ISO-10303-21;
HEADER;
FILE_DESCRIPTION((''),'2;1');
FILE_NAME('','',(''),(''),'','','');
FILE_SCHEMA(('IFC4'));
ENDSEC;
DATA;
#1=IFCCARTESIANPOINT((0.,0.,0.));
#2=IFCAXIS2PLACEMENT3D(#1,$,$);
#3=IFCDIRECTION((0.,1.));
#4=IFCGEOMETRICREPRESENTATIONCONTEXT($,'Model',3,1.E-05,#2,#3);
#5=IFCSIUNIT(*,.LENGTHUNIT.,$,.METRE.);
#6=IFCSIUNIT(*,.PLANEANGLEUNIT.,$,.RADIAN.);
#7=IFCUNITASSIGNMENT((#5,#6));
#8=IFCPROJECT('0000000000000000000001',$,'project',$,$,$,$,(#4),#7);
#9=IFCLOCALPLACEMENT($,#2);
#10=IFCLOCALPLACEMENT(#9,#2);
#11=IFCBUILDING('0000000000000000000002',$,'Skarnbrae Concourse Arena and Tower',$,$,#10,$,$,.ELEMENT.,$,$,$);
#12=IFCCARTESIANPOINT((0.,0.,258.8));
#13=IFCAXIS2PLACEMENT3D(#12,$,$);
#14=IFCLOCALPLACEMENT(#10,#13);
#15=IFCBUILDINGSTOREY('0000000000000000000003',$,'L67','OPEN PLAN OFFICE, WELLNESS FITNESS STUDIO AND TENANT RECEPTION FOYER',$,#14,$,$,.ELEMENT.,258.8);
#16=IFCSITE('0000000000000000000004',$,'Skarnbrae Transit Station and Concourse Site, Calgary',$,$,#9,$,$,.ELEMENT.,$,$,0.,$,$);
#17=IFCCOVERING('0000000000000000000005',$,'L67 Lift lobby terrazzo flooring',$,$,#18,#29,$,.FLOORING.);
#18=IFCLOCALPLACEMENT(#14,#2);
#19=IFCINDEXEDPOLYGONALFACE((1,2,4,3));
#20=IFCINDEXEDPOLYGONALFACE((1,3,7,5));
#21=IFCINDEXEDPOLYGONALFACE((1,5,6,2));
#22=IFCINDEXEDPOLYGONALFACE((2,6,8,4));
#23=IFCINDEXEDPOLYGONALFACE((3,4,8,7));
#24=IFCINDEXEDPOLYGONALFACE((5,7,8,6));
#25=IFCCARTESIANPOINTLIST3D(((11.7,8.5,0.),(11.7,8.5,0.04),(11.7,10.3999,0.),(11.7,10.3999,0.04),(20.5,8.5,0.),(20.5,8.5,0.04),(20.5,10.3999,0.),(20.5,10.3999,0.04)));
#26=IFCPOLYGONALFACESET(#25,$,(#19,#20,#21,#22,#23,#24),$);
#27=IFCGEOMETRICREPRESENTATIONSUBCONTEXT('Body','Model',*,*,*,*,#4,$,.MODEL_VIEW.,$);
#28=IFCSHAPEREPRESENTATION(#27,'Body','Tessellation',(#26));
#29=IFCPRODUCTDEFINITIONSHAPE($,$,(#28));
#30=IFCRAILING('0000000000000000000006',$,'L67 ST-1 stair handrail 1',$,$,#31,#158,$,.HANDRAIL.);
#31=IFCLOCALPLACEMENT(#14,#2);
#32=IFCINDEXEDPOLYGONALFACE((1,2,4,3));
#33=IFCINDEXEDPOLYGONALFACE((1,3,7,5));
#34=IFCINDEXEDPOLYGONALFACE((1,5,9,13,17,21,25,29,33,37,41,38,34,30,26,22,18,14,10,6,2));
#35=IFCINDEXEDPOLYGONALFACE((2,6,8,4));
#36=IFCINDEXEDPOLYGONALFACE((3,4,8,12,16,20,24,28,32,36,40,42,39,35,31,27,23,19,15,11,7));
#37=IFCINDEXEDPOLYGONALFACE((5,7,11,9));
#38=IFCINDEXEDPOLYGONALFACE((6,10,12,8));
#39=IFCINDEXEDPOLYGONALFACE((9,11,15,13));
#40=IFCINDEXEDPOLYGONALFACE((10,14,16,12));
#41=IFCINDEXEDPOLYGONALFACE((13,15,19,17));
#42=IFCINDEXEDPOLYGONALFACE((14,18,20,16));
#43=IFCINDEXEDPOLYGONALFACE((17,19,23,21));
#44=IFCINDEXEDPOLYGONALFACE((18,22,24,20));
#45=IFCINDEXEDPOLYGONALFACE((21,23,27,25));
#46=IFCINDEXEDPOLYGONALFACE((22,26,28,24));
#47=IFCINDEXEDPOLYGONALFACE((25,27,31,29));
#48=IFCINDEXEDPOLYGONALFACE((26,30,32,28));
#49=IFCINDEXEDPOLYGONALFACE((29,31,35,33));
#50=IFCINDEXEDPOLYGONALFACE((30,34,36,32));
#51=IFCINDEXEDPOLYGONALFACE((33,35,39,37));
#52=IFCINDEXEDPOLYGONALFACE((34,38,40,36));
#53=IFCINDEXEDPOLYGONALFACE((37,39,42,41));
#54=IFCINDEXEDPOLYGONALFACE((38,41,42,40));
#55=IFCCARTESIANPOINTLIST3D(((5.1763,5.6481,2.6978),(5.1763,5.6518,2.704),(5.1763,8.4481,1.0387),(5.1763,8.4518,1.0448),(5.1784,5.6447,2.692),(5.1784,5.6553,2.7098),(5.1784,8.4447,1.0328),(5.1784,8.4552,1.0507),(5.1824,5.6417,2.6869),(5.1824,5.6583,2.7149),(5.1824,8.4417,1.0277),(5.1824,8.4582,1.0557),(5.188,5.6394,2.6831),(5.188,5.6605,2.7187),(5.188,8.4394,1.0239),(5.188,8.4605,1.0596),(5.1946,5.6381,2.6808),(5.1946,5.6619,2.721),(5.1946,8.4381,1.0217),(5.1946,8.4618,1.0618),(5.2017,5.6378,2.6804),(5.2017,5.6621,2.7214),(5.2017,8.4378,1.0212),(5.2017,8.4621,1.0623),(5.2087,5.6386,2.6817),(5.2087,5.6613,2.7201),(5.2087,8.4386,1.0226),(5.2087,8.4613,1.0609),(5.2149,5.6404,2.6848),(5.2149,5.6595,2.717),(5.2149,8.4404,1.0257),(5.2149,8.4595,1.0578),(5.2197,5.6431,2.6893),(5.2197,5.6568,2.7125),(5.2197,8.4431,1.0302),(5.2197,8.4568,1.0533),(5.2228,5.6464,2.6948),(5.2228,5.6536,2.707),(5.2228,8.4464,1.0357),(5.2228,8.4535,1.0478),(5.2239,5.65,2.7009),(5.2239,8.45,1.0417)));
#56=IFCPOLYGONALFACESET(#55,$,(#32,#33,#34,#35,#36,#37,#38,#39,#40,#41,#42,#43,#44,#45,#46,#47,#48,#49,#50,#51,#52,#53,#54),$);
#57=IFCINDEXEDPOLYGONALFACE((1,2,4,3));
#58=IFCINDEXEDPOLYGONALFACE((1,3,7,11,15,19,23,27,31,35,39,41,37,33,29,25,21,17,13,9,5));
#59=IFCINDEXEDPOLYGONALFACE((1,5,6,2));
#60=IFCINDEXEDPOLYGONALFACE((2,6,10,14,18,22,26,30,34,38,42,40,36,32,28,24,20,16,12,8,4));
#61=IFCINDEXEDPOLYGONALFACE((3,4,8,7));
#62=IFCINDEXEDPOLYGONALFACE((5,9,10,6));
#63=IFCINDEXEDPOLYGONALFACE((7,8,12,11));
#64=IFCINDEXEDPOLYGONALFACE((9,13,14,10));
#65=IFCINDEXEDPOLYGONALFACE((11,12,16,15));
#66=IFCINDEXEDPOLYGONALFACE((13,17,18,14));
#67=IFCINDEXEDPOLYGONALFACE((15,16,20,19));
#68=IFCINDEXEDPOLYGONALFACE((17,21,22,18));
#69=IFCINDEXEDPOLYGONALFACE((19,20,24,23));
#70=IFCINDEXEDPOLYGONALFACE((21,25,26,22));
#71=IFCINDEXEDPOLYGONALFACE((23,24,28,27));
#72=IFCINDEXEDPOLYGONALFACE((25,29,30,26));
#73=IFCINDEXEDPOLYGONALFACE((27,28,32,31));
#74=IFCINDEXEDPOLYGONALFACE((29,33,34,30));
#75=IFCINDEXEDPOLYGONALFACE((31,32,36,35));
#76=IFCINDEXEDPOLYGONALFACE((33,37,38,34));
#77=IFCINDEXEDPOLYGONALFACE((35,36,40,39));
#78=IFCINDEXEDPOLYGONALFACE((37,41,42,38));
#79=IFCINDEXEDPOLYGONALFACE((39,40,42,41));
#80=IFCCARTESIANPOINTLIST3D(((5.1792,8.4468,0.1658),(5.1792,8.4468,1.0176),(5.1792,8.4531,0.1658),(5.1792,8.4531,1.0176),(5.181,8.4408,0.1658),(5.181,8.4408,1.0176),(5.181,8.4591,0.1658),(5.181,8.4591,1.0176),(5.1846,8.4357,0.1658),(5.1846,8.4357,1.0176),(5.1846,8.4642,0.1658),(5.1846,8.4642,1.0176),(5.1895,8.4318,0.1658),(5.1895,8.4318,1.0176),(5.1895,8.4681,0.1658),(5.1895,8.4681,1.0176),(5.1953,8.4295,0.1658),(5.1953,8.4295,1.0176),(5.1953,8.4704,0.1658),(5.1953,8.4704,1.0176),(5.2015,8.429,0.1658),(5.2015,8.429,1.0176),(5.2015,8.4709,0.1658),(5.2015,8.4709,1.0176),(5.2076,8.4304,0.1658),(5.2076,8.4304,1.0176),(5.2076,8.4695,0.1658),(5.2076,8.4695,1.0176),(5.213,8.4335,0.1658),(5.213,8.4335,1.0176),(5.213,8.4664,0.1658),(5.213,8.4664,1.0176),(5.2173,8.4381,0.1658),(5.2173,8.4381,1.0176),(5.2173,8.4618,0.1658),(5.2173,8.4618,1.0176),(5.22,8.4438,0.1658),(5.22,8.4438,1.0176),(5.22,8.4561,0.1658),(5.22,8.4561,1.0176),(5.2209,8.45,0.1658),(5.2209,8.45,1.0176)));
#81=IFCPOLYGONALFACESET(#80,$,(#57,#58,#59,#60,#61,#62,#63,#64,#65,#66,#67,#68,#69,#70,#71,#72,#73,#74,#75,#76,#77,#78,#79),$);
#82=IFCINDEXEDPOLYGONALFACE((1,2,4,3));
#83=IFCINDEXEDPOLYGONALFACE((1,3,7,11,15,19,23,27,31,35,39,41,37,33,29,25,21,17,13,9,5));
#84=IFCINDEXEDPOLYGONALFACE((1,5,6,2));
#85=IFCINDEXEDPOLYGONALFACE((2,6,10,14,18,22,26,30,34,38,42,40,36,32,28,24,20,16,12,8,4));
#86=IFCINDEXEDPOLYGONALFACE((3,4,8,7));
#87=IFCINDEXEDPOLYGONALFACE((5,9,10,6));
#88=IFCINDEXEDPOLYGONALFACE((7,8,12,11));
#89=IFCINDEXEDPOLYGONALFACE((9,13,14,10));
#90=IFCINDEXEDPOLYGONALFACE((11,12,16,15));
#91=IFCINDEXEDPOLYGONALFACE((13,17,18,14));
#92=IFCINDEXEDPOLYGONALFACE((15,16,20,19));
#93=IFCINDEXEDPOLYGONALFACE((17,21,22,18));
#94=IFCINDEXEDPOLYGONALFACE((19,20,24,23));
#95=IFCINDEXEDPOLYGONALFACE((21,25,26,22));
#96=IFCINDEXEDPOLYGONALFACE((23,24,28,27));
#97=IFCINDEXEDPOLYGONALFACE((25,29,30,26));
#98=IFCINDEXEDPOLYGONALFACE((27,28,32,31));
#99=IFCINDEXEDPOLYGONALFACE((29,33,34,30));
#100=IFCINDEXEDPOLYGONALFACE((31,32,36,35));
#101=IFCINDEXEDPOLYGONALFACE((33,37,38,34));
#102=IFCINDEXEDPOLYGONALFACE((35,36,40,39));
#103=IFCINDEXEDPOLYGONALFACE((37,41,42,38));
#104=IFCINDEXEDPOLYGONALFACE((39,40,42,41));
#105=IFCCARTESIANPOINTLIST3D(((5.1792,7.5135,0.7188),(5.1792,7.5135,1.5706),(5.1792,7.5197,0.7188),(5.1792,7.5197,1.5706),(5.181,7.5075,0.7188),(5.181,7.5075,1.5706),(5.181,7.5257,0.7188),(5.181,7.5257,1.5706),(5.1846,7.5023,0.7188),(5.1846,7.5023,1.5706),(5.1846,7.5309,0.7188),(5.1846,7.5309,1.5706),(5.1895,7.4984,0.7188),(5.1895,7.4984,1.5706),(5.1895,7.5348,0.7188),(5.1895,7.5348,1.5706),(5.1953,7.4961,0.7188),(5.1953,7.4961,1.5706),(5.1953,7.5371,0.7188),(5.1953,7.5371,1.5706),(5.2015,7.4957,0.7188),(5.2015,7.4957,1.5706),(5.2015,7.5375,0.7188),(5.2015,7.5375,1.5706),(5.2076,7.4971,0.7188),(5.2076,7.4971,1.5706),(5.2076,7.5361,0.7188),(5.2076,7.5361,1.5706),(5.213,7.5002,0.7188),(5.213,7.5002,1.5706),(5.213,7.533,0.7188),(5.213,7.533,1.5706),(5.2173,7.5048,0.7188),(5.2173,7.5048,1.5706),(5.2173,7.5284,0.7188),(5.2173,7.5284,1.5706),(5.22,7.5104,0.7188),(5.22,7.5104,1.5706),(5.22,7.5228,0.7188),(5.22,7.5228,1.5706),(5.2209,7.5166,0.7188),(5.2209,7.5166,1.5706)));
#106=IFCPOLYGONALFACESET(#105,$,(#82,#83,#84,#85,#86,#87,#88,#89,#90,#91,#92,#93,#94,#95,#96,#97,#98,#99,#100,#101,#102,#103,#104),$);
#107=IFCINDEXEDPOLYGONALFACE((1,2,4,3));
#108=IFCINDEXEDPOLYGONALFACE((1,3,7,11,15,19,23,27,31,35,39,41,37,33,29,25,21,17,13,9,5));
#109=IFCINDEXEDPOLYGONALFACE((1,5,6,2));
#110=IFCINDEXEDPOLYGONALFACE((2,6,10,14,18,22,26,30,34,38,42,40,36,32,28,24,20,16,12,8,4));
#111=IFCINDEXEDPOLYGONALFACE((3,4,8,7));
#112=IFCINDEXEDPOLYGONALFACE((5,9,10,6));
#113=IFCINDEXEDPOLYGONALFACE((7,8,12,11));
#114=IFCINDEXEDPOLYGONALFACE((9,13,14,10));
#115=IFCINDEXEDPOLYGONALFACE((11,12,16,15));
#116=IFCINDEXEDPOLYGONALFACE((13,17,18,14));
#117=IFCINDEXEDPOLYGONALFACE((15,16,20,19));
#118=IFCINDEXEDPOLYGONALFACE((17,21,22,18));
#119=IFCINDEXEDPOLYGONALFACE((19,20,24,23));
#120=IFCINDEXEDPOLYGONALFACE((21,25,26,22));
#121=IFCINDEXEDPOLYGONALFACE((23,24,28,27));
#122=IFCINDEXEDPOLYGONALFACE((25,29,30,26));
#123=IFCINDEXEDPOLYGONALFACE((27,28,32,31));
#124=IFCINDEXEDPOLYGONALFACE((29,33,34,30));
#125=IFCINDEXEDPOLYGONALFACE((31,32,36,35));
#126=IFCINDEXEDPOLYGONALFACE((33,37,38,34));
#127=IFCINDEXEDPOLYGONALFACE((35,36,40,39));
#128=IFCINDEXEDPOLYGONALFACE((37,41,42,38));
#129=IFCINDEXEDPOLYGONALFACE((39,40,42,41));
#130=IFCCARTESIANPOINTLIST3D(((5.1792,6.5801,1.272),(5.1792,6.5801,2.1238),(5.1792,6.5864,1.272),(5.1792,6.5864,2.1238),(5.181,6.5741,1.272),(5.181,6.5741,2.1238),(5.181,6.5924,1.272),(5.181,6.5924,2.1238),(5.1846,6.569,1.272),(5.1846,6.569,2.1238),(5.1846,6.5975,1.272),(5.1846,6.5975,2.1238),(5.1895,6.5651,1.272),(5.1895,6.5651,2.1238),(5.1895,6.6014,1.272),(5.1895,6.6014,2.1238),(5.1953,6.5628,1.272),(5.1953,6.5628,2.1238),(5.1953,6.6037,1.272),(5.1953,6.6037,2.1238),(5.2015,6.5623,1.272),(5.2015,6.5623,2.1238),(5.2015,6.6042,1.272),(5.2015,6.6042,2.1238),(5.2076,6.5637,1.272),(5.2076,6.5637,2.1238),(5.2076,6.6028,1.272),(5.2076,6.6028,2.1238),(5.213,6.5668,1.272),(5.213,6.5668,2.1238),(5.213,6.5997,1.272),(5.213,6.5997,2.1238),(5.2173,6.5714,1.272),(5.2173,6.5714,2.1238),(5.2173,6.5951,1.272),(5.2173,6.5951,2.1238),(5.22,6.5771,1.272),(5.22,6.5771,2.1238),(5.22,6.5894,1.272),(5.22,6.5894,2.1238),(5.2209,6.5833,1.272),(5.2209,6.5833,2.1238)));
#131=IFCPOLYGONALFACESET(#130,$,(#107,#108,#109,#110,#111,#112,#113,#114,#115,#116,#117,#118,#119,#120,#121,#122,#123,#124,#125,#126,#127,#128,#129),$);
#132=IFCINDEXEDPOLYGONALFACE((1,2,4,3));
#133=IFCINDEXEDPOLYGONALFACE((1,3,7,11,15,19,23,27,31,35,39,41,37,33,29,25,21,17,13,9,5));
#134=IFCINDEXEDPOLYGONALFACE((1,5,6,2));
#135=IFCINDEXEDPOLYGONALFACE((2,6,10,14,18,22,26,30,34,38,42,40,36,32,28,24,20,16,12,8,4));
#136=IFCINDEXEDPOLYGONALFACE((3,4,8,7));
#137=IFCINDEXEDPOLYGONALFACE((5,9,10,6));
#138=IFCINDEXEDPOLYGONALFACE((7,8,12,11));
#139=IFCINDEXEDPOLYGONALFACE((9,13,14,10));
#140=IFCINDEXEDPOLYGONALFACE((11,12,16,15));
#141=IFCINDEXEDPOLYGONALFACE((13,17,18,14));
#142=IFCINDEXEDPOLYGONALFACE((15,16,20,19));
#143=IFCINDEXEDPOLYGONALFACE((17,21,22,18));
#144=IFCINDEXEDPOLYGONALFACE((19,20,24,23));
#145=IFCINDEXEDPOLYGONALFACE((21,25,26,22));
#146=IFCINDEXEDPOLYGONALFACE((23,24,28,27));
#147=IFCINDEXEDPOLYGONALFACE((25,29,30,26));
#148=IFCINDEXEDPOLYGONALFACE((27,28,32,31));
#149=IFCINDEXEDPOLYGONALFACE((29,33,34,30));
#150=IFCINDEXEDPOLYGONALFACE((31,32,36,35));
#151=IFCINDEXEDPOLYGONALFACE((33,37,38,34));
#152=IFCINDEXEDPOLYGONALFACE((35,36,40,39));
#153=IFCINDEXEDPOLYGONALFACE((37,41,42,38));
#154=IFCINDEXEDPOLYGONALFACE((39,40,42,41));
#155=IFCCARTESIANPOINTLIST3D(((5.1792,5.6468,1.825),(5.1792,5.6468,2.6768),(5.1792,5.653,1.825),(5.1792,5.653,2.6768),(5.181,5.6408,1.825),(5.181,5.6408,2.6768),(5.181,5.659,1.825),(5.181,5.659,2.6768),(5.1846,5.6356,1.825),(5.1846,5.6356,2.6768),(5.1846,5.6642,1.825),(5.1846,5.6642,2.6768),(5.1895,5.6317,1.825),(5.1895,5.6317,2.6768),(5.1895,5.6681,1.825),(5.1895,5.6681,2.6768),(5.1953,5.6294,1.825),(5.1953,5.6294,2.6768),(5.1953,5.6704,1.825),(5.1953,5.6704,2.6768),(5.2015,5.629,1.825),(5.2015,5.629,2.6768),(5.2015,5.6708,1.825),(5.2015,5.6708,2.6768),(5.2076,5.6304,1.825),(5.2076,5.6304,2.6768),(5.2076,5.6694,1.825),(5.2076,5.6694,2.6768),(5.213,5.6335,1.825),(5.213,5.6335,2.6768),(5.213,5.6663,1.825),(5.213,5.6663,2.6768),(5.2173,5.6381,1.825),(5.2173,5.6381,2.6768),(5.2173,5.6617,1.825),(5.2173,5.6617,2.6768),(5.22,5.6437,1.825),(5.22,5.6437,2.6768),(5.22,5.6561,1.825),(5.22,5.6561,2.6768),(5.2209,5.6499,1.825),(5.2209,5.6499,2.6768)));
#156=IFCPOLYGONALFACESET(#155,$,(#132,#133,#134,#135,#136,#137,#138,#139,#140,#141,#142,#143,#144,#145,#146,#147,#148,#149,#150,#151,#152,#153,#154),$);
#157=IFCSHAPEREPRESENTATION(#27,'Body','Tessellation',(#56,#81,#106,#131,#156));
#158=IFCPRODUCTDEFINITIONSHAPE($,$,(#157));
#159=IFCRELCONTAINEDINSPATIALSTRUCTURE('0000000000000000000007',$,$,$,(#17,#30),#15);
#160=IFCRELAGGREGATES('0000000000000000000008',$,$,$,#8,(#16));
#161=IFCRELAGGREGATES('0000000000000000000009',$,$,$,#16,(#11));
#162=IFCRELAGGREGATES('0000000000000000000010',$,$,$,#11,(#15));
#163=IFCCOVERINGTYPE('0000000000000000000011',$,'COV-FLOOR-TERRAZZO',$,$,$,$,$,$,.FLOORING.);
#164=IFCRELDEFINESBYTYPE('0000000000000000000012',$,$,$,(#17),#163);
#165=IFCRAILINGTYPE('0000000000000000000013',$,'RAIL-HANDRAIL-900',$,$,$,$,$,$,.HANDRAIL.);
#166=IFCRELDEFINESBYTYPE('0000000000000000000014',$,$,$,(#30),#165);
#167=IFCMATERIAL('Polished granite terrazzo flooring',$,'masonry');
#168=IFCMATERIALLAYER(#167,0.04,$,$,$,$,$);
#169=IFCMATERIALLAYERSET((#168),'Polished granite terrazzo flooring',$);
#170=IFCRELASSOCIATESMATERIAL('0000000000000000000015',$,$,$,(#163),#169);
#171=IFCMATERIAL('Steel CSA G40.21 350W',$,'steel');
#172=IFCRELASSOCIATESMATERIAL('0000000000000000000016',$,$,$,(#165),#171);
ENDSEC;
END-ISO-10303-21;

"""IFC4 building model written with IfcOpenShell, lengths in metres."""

from ifc_helpers import new_model, si_unit, direction, frame, origin, origin_2d, place, context, subcontext, project, spatial, polyline, circle, outline, extrude, material, layer, layer_set, type_object, element, save


model = new_model("IFC4")

# Units and contexts
model_context = context("Model", 3, precision=1e-05, world=origin(), true_north=direction((0.0, 1.0)))
body_context = subcontext(model_context, "Body", "Model", "MODEL_VIEW")
ifc_project = project(units=[si_unit("LENGTHUNIT", "METRE"), si_unit("PLANEANGLEUNIT", "RADIAN")], contexts=[model_context])

# Site, building, storey
site_placement = place(None, origin())
site = spatial("IfcSite", under=ifc_project, at=site_placement, Name="Skarnbrae Transit Station and Concourse Site, Calgary", CompositionType="ELEMENT", RefElevation=0.0)
building_placement = place(site_placement, origin())
building = spatial("IfcBuilding", under=site, at=building_placement, Name="Skarnbrae Concourse Arena and Tower", CompositionType="ELEMENT")
storey_placement = place(building_placement, frame((0.0, 0.0, 258.8)))
storey = spatial("IfcBuildingStorey", under=building, at=storey_placement, Name="L67", Description="OPEN PLAN OFFICE, WELLNESS FITNESS STUDIO AND TENANT RECEPTION FOYER", CompositionType="ELEMENT", Elevation=258.8)

# Shared definitions
ifc_material_1 = material(Name="Steel CSA G40.21 350W", Category="steel")

# Covering
ifc_material_2 = material(Name="Polished granite terrazzo flooring", Category="masonry")
ifc_layer_1 = layer(ifc_material_2, 0.04)
ifc_layer_set_1 = layer_set([ifc_layer_1], Name="Polished granite terrazzo flooring")
covering_type_1 = type_object("IfcCoveringType", Name="COV-FLOOR-TERRAZZO", PredefinedType="FLOORING", material=ifc_layer_set_1)
covering_1_placement = place(storey_placement, origin())
element("IfcCovering", 1, at=covering_1_placement, inside=storey, type_object=covering_type_1, Name="L67 Lift lobby terrazzo flooring", PredefinedType="FLOORING", context=body_context, shape_type="SweptSolid", body=[
    extrude(outline(polyline([(11.7, 8.5), (20.5, 8.5), (20.5, 10.3999), (11.7, 10.3999), (11.7, 8.5)])), origin(), (0.0, 0.0, 1.0), 0.04),
])

# Railing
railing_type = type_object("IfcRailingType", Name="RAIL-HANDRAIL-900", PredefinedType="HANDRAIL", material=ifc_material_1)
railing_placement = place(storey_placement, frame((5.2, 8.45, 0.1658)))
element("IfcRailing", 2, at=railing_placement, inside=storey, type_object=railing_type, Name="L67 ST-1 stair handrail 1", PredefinedType="HANDRAIL", context=body_context, shape_type="SweptSolid", body=[
    extrude(circle(Radius=0.0239, at=origin_2d()), frame((0.0, 0.0, 0.876), z_axis=(0.0, -0.860306, 0.509778), x_axis=(1.0, 0.0, 0.0)), (0.0, 0.0, 1.0), 3.2546),
    extrude(circle(Radius=0.021, at=origin_2d()), origin(), (0.0, 0.0, 1.0), 0.8518),
    extrude(circle(Radius=0.021, at=origin_2d()), frame((0.0, -0.9333, 0.553)), (0.0, 0.0, 1.0), 0.8518),
    extrude(circle(Radius=0.021, at=origin_2d()), frame((0.0, -1.8667, 1.1062)), (0.0, 0.0, 1.0), 0.8518),
    extrude(circle(Radius=0.021, at=origin_2d()), frame((0.0, -2.8, 1.6592)), (0.0, 0.0, 1.0), 0.8518),
])

save(model, "model.ifc")
